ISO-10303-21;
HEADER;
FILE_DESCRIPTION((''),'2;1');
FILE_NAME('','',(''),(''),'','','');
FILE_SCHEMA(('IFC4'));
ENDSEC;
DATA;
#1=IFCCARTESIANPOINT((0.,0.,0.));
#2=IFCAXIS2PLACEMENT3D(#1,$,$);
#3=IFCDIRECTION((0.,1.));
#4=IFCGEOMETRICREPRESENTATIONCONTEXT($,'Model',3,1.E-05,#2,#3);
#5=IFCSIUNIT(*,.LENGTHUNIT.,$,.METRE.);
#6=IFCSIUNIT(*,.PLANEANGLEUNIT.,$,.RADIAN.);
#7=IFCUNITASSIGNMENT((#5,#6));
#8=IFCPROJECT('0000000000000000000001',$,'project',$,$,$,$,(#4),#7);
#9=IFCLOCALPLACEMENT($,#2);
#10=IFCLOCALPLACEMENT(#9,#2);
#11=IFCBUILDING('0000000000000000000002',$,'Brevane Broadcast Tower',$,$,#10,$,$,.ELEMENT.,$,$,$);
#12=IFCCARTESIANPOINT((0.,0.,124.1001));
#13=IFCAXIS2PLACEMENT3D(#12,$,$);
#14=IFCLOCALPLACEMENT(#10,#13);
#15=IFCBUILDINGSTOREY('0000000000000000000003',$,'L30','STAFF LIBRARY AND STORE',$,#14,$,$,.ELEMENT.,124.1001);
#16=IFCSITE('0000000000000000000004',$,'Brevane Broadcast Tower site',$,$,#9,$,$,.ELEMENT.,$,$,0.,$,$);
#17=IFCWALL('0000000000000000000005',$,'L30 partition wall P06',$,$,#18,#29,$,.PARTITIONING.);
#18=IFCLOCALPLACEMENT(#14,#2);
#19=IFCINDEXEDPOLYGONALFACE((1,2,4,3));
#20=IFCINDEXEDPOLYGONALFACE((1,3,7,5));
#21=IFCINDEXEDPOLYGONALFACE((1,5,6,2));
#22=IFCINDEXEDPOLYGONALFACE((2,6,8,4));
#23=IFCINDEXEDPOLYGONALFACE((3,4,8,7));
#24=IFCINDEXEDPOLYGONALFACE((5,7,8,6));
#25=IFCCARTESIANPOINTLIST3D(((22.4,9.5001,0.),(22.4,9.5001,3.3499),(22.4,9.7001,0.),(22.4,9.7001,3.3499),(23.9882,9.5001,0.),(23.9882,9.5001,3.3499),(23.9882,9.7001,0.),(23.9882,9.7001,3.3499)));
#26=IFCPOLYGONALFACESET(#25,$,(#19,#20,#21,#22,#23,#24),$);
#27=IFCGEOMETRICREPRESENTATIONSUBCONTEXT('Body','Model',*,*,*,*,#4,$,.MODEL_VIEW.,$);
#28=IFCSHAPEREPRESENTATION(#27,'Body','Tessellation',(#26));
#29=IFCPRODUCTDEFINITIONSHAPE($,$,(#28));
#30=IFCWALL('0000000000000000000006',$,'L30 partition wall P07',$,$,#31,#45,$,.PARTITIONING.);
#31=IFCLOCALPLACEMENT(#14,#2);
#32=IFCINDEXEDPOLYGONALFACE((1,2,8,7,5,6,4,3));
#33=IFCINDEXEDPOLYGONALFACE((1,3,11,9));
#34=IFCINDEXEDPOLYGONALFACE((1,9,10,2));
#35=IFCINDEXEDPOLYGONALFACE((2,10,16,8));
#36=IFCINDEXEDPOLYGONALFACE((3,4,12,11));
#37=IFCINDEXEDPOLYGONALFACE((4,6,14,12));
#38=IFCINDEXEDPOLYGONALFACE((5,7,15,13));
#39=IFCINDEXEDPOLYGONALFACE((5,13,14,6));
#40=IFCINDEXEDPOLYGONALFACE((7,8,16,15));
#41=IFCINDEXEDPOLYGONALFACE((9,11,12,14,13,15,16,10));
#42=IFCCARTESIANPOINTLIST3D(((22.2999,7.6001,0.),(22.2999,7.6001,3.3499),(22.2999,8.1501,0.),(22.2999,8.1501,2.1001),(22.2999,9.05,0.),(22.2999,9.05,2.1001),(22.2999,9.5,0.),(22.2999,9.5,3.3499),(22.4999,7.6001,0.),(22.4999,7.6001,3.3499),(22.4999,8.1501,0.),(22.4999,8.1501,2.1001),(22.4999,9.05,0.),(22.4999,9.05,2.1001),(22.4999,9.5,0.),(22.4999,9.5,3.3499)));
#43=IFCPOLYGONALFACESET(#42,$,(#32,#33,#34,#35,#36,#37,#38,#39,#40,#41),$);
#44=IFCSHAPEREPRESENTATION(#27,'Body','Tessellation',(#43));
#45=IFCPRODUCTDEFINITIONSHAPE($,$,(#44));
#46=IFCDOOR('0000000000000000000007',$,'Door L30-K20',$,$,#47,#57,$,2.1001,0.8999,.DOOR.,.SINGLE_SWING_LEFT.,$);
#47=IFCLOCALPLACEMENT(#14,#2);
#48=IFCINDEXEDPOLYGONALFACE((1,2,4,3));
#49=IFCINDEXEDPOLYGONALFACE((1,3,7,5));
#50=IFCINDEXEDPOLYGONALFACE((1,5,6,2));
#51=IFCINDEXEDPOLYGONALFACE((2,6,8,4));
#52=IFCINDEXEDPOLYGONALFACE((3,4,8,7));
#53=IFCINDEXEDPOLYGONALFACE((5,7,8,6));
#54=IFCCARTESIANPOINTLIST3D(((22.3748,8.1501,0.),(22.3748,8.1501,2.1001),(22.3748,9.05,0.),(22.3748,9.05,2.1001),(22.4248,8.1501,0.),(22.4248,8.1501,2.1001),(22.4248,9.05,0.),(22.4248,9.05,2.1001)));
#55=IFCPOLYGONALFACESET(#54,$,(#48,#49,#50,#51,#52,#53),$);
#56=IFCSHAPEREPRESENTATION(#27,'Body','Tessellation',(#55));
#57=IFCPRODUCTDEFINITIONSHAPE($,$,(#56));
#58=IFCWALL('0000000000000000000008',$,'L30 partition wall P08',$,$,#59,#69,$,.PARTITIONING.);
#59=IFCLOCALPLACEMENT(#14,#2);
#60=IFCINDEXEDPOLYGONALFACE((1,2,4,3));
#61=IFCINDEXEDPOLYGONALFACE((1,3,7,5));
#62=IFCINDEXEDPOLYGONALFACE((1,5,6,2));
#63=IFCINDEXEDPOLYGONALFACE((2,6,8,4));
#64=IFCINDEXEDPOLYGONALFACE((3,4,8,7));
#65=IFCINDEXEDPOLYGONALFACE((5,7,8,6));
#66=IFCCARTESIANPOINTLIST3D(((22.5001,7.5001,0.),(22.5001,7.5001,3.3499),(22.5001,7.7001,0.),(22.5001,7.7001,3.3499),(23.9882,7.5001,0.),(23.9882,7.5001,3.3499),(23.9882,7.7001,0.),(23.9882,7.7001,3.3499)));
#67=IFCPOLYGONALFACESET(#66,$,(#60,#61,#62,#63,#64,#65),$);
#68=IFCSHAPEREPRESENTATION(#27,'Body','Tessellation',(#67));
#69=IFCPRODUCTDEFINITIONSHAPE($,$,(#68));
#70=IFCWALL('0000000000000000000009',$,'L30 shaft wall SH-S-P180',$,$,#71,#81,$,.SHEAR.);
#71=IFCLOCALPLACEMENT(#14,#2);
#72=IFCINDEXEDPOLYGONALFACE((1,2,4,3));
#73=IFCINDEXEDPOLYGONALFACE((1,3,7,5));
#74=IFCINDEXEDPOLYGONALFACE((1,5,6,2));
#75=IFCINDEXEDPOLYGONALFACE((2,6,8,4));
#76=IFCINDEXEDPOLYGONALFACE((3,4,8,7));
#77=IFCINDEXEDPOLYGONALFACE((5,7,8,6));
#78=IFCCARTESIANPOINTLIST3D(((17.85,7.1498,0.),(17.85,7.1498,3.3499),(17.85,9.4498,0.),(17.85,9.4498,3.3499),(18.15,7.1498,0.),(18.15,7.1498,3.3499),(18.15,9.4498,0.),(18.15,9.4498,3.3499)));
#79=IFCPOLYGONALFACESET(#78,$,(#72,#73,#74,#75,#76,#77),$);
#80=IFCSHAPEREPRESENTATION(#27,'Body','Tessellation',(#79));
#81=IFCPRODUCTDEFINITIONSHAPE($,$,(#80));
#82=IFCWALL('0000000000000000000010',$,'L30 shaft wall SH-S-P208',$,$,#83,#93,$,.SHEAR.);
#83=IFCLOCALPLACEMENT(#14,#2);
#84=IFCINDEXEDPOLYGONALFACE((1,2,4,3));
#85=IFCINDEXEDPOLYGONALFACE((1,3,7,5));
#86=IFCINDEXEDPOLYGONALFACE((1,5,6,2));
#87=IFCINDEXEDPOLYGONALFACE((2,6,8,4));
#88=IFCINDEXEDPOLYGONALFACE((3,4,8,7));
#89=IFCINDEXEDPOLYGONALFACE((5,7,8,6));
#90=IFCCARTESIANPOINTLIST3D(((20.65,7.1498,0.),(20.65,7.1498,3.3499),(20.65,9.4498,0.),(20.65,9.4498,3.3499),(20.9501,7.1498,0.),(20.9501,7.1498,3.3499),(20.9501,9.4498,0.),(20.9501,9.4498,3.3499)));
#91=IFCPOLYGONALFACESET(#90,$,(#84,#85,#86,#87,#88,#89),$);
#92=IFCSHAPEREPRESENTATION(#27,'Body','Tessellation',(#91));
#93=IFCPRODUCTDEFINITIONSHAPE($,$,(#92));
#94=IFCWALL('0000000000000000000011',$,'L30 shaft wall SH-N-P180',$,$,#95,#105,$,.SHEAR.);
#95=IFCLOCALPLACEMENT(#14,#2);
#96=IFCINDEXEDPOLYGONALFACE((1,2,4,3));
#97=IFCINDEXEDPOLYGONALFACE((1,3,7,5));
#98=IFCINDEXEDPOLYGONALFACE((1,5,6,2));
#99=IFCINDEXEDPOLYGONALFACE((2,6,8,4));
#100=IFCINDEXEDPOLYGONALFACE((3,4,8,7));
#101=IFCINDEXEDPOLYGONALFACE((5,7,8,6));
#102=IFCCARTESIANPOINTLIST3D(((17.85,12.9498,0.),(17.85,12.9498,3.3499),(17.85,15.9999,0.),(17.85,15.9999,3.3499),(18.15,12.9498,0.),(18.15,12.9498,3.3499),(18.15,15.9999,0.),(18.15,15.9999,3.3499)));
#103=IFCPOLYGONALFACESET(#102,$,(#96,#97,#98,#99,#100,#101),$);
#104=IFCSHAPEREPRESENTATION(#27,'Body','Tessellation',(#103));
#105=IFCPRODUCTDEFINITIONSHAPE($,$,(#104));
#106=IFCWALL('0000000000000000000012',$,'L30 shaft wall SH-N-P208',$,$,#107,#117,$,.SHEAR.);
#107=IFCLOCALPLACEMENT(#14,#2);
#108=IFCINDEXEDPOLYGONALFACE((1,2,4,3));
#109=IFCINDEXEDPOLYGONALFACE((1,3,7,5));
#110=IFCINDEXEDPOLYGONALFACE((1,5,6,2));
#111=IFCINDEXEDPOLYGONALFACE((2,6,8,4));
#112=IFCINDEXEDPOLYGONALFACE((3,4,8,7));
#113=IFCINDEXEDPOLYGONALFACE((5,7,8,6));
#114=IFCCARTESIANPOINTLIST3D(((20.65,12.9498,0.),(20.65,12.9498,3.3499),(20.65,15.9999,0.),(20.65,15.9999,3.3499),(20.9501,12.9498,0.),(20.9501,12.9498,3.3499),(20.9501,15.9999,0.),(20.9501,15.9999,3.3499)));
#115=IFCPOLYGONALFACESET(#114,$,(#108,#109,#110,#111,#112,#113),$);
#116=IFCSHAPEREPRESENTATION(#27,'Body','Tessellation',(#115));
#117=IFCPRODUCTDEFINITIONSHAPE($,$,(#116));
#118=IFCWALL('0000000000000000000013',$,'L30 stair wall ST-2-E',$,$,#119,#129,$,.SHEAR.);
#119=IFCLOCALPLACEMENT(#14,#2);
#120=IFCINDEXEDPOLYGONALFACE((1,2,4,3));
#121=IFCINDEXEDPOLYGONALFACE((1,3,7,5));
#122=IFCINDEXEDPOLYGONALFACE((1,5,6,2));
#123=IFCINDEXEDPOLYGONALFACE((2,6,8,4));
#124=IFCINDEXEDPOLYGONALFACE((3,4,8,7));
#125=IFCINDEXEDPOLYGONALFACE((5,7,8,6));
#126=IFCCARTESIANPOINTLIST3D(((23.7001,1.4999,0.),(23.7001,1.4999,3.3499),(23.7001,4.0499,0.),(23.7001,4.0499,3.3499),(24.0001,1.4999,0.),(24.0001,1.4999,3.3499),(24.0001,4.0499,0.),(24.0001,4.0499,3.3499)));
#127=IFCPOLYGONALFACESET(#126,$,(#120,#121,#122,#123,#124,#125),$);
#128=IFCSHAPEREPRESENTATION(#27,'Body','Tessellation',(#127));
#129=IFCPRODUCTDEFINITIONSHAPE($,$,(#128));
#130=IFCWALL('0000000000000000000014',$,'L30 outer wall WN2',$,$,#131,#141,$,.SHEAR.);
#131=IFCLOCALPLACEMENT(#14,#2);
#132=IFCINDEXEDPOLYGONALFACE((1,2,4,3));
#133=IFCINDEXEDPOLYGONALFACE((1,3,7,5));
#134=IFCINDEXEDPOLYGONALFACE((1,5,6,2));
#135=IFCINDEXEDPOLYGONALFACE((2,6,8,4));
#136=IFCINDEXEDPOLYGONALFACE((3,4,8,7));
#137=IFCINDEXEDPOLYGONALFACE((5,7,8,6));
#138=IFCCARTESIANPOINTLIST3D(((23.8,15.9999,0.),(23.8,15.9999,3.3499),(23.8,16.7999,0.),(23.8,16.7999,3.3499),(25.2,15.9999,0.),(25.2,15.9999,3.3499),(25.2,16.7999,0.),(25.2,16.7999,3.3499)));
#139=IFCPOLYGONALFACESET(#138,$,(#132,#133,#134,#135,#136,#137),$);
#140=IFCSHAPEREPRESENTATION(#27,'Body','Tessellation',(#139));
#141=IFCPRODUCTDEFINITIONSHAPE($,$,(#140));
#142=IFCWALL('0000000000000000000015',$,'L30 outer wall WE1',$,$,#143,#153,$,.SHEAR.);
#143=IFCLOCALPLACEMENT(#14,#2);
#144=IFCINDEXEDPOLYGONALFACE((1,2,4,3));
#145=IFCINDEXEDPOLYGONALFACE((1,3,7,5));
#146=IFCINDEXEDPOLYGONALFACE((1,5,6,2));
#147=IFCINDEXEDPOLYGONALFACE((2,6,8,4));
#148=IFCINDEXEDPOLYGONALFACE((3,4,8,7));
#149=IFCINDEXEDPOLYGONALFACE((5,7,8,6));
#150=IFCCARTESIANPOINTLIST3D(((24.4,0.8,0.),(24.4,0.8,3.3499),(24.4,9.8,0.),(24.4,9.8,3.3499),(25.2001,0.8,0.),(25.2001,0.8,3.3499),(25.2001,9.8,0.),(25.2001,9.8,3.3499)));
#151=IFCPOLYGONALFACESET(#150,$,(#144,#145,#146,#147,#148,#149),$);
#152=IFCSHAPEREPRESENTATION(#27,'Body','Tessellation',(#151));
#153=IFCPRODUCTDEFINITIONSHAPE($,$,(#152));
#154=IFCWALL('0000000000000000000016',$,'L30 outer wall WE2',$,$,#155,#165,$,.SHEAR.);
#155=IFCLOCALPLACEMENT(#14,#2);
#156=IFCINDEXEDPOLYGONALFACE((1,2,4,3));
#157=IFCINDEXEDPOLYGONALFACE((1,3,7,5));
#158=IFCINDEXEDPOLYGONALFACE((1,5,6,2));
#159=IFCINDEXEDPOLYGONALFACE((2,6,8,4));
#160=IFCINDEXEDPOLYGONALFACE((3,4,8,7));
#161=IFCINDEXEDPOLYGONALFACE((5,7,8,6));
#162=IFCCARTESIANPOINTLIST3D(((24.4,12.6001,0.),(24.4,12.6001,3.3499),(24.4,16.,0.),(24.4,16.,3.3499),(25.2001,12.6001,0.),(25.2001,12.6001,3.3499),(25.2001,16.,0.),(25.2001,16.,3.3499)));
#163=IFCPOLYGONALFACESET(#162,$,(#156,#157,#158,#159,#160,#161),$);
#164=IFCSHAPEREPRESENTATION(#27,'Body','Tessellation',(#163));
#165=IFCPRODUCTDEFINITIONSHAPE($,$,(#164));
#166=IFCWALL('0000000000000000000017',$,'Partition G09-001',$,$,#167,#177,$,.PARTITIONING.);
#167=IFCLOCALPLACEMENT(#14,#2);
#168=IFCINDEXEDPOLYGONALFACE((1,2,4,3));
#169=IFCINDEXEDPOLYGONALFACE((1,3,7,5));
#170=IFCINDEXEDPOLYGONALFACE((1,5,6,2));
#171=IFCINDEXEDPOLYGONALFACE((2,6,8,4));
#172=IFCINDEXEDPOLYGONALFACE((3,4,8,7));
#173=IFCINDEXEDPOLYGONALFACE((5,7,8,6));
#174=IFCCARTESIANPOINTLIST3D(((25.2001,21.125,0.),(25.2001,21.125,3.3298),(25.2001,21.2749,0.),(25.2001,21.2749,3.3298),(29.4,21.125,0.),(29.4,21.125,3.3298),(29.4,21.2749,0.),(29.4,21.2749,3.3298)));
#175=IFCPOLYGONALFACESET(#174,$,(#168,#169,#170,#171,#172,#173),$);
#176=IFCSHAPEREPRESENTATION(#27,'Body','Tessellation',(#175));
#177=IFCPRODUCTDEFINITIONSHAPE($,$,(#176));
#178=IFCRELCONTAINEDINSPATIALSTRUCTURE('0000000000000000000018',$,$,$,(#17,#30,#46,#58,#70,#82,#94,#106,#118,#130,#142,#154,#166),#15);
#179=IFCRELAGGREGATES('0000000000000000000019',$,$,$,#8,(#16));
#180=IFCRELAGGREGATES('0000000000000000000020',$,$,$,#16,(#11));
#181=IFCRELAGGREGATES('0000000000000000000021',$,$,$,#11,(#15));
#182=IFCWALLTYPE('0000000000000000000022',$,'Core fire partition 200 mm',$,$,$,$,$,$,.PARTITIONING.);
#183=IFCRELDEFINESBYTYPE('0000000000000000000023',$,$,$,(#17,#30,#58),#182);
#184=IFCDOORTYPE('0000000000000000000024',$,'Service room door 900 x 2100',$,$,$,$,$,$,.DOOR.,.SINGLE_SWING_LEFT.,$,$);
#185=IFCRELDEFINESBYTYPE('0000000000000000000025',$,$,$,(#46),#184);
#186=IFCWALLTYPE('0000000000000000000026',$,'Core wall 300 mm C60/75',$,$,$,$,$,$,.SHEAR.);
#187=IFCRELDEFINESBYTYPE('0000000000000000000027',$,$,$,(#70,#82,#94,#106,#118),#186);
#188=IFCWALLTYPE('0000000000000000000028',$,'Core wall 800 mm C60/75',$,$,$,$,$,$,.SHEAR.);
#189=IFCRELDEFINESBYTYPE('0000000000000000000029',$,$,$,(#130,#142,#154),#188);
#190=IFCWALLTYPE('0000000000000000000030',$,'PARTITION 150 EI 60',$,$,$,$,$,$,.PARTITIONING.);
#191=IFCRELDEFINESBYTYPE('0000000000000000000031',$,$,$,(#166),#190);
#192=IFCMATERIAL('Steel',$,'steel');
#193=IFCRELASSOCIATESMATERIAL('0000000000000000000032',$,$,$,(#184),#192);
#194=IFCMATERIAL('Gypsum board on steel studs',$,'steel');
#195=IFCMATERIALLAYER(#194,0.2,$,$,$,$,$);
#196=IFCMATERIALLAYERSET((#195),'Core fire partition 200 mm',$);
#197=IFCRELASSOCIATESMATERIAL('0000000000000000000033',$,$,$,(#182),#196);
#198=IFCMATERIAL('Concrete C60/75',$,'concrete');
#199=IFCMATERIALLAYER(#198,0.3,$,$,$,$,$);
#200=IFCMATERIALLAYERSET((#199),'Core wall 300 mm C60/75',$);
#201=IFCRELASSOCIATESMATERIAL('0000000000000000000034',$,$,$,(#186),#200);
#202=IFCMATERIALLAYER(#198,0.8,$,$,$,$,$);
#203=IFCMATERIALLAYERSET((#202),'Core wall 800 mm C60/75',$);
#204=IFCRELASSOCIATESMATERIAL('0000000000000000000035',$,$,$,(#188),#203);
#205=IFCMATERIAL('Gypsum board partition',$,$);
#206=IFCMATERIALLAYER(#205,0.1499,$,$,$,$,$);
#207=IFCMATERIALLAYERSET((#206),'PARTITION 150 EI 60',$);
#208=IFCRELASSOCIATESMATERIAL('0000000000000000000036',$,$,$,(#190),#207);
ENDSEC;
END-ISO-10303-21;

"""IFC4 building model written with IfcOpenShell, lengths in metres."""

from ifc_helpers import new_model, si_unit, direction, frame, frame_2d, origin, place, context, subcontext, project, spatial, rectangle, extrude, material, layer, layer_set, type_object, element, fill, save


model = new_model("IFC4")

# Units and contexts
model_context = context("Model", 3, precision=1e-05, world=origin(), true_north=direction((0.0, 1.0)))
body_context = subcontext(model_context, "Body", "Model", "MODEL_VIEW")
ifc_project = project(units=[si_unit("LENGTHUNIT", "METRE"), si_unit("PLANEANGLEUNIT", "RADIAN")], contexts=[model_context])

# Site, building, storey
site_placement = place(None, origin())
site = spatial("IfcSite", under=ifc_project, at=site_placement, Name="Brevane Broadcast Tower site", CompositionType="ELEMENT", RefElevation=0.0)
building_placement = place(site_placement, origin())
building = spatial("IfcBuilding", under=site, at=building_placement, Name="Brevane Broadcast Tower", CompositionType="ELEMENT")
storey_placement = place(building_placement, frame((0.0, 0.0, 124.1001)))
storey = spatial("IfcBuildingStorey", under=building, at=storey_placement, Name="L30", Description="STAFF LIBRARY AND STORE", CompositionType="ELEMENT", Elevation=124.1001)

# Shared definitions
ifc_material_1 = material(Name="Gypsum board on steel studs", Category="steel")
ifc_material_2 = material(Name="Steel", Category="steel")
door_type = type_object("IfcDoorType", Name="Service room door 900 x 2100", OperationType="SINGLE_SWING_LEFT", PredefinedType="DOOR", material=ifc_material_2)

# Wall
ifc_layer_1 = layer(ifc_material_1, 0.2)
ifc_layer_set_1 = layer_set([ifc_layer_1], Name="Core fire partition 200 mm")
wall_type_1 = type_object("IfcWallType", Name="Core fire partition 200 mm", PredefinedType="PARTITIONING", material=ifc_layer_set_1)
wall_1_placement = place(storey_placement, frame((23.988, 9.6001, 0.0), z_axis=(0.0, 0.0, 1.0), x_axis=(-1.0, 0.0, 0.0)))
element("IfcWall", 1, at=wall_1_placement, inside=storey, type_object=wall_type_1, Name="L30 partition wall P06", PredefinedType="PARTITIONING", context=body_context, shape_type="SweptSolid", body=[
    extrude(rectangle(XDim=1.5881, YDim=0.2, at=frame_2d((0.7939, 0.0))), origin(), (0.0, 0.0, 1.0), 3.3499),
])

# Wall, opening, door
wall_2_placement = place(storey_placement, frame((22.3999, 9.5, 0.0), z_axis=(0.0, 0.0, 1.0), x_axis=(0.0, -1.0, 0.0)))
wall_2 = element("IfcWall", 2, at=wall_2_placement, inside=storey, type_object=wall_type_1, Name="L30 partition wall P07", PredefinedType="PARTITIONING", context=body_context, shape_type="SweptSolid", body=[
    extrude(rectangle(XDim=1.8999, YDim=0.2, at=frame_2d((0.95, 0.0))), origin(), (0.0, 0.0, 1.0), 3.3499),
])
opening_1_placement = place(wall_2_placement, frame((0.45, 0.0, 0.0)))
opening_1 = element("IfcOpeningElement", 3, at=opening_1_placement, cuts=wall_2, PredefinedType="OPENING", context=body_context, shape_type="SweptSolid", body=[
    extrude(rectangle(XDim=0.8999, YDim=2.1001, at=frame_2d((0.45, 1.05))), frame((0.0, 0.1099, 0.0), z_axis=(0.0, -1.0, 0.0), x_axis=(1.0, 0.0, 0.0)), (0.0, 0.0, 1.0), 0.22),
])
door_1_placement = place(opening_1_placement, origin())
door_1 = element("IfcDoor", 4, at=door_1_placement, inside=storey, type_object=door_type, Name="Door L30-K20", OperationType="SINGLE_SWING_LEFT", OverallHeight=2.1001, OverallWidth=0.8999, PredefinedType="DOOR", context=body_context, shape_type="SweptSolid", body=[
    extrude(rectangle(XDim=0.8999, YDim=2.1001, at=frame_2d((0.45, 1.05))), frame((0.0, 0.0249, 0.0), z_axis=(0.0, -1.0, 0.0), x_axis=(1.0, 0.0, 0.0)), (0.0, 0.0, 1.0), 0.05),
])
fill(opening_1, door_1)

# Walls
wall_3_placement = place(storey_placement, frame((22.5, 7.6001, 0.0), z_axis=(0.0, 0.0, 1.0), x_axis=(1.0, 0.0, 0.0)))
element("IfcWall", 5, at=wall_3_placement, inside=storey, type_object=wall_type_1, Name="L30 partition wall P08", PredefinedType="PARTITIONING", context=body_context, shape_type="SweptSolid", body=[
    extrude(rectangle(XDim=1.488, YDim=0.2, at=frame_2d((0.7441, 0.0))), origin(), (0.0, 0.0, 1.0), 3.3499),
])
ifc_material_3 = material(Name="Concrete C60/75", Category="concrete")
ifc_layer_2 = layer(ifc_material_3, 0.3)
ifc_layer_set_2 = layer_set([ifc_layer_2], Name="Core wall 300 mm C60/75")
wall_type_2 = type_object("IfcWallType", Name="Core wall 300 mm C60/75", PredefinedType="SHEAR", material=ifc_layer_set_2)
for number, where, z_axis, x_axis, name in (
    (6, (18.0, 7.1499, 0.0), (0.0, 0.0, 1.0), (0.0, 1.0, 0.0), "L30 shaft wall SH-S-P180"),
    (7, (20.8, 7.1499, 0.0), (0.0, 0.0, 1.0), (0.0, 1.0, 0.0), "L30 shaft wall SH-S-P208"),
):
    element("IfcWall", number, at=place(storey_placement, frame(where, z_axis=z_axis, x_axis=x_axis)), inside=storey, type_object=wall_type_2, Name=name, PredefinedType="SHEAR", context=body_context, shape_type="SweptSolid", body=[
        extrude(rectangle(XDim=2.3, YDim=0.3, at=frame_2d((1.1499, 0.0))), origin(), (0.0, 0.0, 1.0), 3.3499),
    ])
for number, where, z_axis, x_axis, name in (
    (8, (18.0, 12.95, 0.0), (0.0, 0.0, 1.0), (0.0, 1.0, 0.0), "L30 shaft wall SH-N-P180"),
    (9, (20.8, 12.95, 0.0), (0.0, 0.0, 1.0), (0.0, 1.0, 0.0), "L30 shaft wall SH-N-P208"),
):
    element("IfcWall", number, at=place(storey_placement, frame(where, z_axis=z_axis, x_axis=x_axis)), inside=storey, type_object=wall_type_2, Name=name, PredefinedType="SHEAR", context=body_context, shape_type="SweptSolid", body=[
        extrude(rectangle(XDim=3.05, YDim=0.3, at=frame_2d((1.5249, 0.0))), origin(), (0.0, 0.0, 1.0), 3.3499),
    ])
wall_4_placement = place(storey_placement, frame((23.8501, 1.5, 0.0), z_axis=(0.0, 0.0, 1.0), x_axis=(0.0, 1.0, 0.0)))
element("IfcWall", 10, at=wall_4_placement, inside=storey, type_object=wall_type_2, Name="L30 stair wall ST-2-E", PredefinedType="SHEAR", context=body_context, shape_type="SweptSolid", body=[
    extrude(rectangle(XDim=2.55, YDim=0.3, at=frame_2d((1.2749, 0.0))), origin(), (0.0, 0.0, 1.0), 3.3499),
])
ifc_layer_3 = layer(ifc_material_3, 0.8)
ifc_layer_set_3 = layer_set([ifc_layer_3], Name="Core wall 800 mm C60/75")
wall_type_3 = type_object("IfcWallType", Name="Core wall 800 mm C60/75", PredefinedType="SHEAR", material=ifc_layer_set_3)
wall_5_placement = place(storey_placement, frame((23.8, 16.3999, 0.0), z_axis=(0.0, 0.0, 1.0), x_axis=(1.0, 0.0, 0.0)))
element("IfcWall", 11, at=wall_5_placement, inside=storey, type_object=wall_type_3, Name="L30 outer wall WN2", PredefinedType="SHEAR", context=body_context, shape_type="SweptSolid", body=[
    extrude(rectangle(XDim=1.3999, YDim=0.8, at=frame_2d((0.7, 0.0))), origin(), (0.0, 0.0, 1.0), 3.3499),
])
wall_6_placement = place(storey_placement, frame((24.8, 0.8, 0.0), z_axis=(0.0, 0.0, 1.0), x_axis=(0.0, 1.0, 0.0)))
element("IfcWall", 12, at=wall_6_placement, inside=storey, type_object=wall_type_3, Name="L30 outer wall WE1", PredefinedType="SHEAR", context=body_context, shape_type="SweptSolid", body=[
    extrude(rectangle(XDim=9.0, YDim=0.8, at=frame_2d((4.5, 0.0))), origin(), (0.0, 0.0, 1.0), 3.3499),
])
wall_7_placement = place(storey_placement, frame((24.8, 12.6001, 0.0), z_axis=(0.0, 0.0, 1.0), x_axis=(0.0, 1.0, 0.0)))
element("IfcWall", 13, at=wall_7_placement, inside=storey, type_object=wall_type_3, Name="L30 outer wall WE2", PredefinedType="SHEAR", context=body_context, shape_type="SweptSolid", body=[
    extrude(rectangle(XDim=3.3999, YDim=0.8, at=frame_2d((1.7, 0.0))), origin(), (0.0, 0.0, 1.0), 3.3499),
])
ifc_material_4 = material(Name="Gypsum board partition")
ifc_layer_4 = layer(ifc_material_4, 0.1499)
ifc_layer_set_4 = layer_set([ifc_layer_4], Name="PARTITION 150 EI 60")
wall_type_4 = type_object("IfcWallType", Name="PARTITION 150 EI 60", PredefinedType="PARTITIONING", material=ifc_layer_set_4)
wall_8_placement = place(storey_placement, frame((25.2, 21.2, 0.0), z_axis=(0.0, 0.0, 1.0), x_axis=(1.0, 0.0, 0.0)))
element("IfcWall", 14, at=wall_8_placement, inside=storey, type_object=wall_type_4, Name="Partition G09-001", PredefinedType="PARTITIONING", context=body_context, shape_type="SweptSolid", body=[
    extrude(rectangle(XDim=4.2, YDim=0.1499, at=frame_2d((2.1001, 0.0))), origin(), (0.0, 0.0, 1.0), 3.3298),
])

save(model, "model.ifc")
